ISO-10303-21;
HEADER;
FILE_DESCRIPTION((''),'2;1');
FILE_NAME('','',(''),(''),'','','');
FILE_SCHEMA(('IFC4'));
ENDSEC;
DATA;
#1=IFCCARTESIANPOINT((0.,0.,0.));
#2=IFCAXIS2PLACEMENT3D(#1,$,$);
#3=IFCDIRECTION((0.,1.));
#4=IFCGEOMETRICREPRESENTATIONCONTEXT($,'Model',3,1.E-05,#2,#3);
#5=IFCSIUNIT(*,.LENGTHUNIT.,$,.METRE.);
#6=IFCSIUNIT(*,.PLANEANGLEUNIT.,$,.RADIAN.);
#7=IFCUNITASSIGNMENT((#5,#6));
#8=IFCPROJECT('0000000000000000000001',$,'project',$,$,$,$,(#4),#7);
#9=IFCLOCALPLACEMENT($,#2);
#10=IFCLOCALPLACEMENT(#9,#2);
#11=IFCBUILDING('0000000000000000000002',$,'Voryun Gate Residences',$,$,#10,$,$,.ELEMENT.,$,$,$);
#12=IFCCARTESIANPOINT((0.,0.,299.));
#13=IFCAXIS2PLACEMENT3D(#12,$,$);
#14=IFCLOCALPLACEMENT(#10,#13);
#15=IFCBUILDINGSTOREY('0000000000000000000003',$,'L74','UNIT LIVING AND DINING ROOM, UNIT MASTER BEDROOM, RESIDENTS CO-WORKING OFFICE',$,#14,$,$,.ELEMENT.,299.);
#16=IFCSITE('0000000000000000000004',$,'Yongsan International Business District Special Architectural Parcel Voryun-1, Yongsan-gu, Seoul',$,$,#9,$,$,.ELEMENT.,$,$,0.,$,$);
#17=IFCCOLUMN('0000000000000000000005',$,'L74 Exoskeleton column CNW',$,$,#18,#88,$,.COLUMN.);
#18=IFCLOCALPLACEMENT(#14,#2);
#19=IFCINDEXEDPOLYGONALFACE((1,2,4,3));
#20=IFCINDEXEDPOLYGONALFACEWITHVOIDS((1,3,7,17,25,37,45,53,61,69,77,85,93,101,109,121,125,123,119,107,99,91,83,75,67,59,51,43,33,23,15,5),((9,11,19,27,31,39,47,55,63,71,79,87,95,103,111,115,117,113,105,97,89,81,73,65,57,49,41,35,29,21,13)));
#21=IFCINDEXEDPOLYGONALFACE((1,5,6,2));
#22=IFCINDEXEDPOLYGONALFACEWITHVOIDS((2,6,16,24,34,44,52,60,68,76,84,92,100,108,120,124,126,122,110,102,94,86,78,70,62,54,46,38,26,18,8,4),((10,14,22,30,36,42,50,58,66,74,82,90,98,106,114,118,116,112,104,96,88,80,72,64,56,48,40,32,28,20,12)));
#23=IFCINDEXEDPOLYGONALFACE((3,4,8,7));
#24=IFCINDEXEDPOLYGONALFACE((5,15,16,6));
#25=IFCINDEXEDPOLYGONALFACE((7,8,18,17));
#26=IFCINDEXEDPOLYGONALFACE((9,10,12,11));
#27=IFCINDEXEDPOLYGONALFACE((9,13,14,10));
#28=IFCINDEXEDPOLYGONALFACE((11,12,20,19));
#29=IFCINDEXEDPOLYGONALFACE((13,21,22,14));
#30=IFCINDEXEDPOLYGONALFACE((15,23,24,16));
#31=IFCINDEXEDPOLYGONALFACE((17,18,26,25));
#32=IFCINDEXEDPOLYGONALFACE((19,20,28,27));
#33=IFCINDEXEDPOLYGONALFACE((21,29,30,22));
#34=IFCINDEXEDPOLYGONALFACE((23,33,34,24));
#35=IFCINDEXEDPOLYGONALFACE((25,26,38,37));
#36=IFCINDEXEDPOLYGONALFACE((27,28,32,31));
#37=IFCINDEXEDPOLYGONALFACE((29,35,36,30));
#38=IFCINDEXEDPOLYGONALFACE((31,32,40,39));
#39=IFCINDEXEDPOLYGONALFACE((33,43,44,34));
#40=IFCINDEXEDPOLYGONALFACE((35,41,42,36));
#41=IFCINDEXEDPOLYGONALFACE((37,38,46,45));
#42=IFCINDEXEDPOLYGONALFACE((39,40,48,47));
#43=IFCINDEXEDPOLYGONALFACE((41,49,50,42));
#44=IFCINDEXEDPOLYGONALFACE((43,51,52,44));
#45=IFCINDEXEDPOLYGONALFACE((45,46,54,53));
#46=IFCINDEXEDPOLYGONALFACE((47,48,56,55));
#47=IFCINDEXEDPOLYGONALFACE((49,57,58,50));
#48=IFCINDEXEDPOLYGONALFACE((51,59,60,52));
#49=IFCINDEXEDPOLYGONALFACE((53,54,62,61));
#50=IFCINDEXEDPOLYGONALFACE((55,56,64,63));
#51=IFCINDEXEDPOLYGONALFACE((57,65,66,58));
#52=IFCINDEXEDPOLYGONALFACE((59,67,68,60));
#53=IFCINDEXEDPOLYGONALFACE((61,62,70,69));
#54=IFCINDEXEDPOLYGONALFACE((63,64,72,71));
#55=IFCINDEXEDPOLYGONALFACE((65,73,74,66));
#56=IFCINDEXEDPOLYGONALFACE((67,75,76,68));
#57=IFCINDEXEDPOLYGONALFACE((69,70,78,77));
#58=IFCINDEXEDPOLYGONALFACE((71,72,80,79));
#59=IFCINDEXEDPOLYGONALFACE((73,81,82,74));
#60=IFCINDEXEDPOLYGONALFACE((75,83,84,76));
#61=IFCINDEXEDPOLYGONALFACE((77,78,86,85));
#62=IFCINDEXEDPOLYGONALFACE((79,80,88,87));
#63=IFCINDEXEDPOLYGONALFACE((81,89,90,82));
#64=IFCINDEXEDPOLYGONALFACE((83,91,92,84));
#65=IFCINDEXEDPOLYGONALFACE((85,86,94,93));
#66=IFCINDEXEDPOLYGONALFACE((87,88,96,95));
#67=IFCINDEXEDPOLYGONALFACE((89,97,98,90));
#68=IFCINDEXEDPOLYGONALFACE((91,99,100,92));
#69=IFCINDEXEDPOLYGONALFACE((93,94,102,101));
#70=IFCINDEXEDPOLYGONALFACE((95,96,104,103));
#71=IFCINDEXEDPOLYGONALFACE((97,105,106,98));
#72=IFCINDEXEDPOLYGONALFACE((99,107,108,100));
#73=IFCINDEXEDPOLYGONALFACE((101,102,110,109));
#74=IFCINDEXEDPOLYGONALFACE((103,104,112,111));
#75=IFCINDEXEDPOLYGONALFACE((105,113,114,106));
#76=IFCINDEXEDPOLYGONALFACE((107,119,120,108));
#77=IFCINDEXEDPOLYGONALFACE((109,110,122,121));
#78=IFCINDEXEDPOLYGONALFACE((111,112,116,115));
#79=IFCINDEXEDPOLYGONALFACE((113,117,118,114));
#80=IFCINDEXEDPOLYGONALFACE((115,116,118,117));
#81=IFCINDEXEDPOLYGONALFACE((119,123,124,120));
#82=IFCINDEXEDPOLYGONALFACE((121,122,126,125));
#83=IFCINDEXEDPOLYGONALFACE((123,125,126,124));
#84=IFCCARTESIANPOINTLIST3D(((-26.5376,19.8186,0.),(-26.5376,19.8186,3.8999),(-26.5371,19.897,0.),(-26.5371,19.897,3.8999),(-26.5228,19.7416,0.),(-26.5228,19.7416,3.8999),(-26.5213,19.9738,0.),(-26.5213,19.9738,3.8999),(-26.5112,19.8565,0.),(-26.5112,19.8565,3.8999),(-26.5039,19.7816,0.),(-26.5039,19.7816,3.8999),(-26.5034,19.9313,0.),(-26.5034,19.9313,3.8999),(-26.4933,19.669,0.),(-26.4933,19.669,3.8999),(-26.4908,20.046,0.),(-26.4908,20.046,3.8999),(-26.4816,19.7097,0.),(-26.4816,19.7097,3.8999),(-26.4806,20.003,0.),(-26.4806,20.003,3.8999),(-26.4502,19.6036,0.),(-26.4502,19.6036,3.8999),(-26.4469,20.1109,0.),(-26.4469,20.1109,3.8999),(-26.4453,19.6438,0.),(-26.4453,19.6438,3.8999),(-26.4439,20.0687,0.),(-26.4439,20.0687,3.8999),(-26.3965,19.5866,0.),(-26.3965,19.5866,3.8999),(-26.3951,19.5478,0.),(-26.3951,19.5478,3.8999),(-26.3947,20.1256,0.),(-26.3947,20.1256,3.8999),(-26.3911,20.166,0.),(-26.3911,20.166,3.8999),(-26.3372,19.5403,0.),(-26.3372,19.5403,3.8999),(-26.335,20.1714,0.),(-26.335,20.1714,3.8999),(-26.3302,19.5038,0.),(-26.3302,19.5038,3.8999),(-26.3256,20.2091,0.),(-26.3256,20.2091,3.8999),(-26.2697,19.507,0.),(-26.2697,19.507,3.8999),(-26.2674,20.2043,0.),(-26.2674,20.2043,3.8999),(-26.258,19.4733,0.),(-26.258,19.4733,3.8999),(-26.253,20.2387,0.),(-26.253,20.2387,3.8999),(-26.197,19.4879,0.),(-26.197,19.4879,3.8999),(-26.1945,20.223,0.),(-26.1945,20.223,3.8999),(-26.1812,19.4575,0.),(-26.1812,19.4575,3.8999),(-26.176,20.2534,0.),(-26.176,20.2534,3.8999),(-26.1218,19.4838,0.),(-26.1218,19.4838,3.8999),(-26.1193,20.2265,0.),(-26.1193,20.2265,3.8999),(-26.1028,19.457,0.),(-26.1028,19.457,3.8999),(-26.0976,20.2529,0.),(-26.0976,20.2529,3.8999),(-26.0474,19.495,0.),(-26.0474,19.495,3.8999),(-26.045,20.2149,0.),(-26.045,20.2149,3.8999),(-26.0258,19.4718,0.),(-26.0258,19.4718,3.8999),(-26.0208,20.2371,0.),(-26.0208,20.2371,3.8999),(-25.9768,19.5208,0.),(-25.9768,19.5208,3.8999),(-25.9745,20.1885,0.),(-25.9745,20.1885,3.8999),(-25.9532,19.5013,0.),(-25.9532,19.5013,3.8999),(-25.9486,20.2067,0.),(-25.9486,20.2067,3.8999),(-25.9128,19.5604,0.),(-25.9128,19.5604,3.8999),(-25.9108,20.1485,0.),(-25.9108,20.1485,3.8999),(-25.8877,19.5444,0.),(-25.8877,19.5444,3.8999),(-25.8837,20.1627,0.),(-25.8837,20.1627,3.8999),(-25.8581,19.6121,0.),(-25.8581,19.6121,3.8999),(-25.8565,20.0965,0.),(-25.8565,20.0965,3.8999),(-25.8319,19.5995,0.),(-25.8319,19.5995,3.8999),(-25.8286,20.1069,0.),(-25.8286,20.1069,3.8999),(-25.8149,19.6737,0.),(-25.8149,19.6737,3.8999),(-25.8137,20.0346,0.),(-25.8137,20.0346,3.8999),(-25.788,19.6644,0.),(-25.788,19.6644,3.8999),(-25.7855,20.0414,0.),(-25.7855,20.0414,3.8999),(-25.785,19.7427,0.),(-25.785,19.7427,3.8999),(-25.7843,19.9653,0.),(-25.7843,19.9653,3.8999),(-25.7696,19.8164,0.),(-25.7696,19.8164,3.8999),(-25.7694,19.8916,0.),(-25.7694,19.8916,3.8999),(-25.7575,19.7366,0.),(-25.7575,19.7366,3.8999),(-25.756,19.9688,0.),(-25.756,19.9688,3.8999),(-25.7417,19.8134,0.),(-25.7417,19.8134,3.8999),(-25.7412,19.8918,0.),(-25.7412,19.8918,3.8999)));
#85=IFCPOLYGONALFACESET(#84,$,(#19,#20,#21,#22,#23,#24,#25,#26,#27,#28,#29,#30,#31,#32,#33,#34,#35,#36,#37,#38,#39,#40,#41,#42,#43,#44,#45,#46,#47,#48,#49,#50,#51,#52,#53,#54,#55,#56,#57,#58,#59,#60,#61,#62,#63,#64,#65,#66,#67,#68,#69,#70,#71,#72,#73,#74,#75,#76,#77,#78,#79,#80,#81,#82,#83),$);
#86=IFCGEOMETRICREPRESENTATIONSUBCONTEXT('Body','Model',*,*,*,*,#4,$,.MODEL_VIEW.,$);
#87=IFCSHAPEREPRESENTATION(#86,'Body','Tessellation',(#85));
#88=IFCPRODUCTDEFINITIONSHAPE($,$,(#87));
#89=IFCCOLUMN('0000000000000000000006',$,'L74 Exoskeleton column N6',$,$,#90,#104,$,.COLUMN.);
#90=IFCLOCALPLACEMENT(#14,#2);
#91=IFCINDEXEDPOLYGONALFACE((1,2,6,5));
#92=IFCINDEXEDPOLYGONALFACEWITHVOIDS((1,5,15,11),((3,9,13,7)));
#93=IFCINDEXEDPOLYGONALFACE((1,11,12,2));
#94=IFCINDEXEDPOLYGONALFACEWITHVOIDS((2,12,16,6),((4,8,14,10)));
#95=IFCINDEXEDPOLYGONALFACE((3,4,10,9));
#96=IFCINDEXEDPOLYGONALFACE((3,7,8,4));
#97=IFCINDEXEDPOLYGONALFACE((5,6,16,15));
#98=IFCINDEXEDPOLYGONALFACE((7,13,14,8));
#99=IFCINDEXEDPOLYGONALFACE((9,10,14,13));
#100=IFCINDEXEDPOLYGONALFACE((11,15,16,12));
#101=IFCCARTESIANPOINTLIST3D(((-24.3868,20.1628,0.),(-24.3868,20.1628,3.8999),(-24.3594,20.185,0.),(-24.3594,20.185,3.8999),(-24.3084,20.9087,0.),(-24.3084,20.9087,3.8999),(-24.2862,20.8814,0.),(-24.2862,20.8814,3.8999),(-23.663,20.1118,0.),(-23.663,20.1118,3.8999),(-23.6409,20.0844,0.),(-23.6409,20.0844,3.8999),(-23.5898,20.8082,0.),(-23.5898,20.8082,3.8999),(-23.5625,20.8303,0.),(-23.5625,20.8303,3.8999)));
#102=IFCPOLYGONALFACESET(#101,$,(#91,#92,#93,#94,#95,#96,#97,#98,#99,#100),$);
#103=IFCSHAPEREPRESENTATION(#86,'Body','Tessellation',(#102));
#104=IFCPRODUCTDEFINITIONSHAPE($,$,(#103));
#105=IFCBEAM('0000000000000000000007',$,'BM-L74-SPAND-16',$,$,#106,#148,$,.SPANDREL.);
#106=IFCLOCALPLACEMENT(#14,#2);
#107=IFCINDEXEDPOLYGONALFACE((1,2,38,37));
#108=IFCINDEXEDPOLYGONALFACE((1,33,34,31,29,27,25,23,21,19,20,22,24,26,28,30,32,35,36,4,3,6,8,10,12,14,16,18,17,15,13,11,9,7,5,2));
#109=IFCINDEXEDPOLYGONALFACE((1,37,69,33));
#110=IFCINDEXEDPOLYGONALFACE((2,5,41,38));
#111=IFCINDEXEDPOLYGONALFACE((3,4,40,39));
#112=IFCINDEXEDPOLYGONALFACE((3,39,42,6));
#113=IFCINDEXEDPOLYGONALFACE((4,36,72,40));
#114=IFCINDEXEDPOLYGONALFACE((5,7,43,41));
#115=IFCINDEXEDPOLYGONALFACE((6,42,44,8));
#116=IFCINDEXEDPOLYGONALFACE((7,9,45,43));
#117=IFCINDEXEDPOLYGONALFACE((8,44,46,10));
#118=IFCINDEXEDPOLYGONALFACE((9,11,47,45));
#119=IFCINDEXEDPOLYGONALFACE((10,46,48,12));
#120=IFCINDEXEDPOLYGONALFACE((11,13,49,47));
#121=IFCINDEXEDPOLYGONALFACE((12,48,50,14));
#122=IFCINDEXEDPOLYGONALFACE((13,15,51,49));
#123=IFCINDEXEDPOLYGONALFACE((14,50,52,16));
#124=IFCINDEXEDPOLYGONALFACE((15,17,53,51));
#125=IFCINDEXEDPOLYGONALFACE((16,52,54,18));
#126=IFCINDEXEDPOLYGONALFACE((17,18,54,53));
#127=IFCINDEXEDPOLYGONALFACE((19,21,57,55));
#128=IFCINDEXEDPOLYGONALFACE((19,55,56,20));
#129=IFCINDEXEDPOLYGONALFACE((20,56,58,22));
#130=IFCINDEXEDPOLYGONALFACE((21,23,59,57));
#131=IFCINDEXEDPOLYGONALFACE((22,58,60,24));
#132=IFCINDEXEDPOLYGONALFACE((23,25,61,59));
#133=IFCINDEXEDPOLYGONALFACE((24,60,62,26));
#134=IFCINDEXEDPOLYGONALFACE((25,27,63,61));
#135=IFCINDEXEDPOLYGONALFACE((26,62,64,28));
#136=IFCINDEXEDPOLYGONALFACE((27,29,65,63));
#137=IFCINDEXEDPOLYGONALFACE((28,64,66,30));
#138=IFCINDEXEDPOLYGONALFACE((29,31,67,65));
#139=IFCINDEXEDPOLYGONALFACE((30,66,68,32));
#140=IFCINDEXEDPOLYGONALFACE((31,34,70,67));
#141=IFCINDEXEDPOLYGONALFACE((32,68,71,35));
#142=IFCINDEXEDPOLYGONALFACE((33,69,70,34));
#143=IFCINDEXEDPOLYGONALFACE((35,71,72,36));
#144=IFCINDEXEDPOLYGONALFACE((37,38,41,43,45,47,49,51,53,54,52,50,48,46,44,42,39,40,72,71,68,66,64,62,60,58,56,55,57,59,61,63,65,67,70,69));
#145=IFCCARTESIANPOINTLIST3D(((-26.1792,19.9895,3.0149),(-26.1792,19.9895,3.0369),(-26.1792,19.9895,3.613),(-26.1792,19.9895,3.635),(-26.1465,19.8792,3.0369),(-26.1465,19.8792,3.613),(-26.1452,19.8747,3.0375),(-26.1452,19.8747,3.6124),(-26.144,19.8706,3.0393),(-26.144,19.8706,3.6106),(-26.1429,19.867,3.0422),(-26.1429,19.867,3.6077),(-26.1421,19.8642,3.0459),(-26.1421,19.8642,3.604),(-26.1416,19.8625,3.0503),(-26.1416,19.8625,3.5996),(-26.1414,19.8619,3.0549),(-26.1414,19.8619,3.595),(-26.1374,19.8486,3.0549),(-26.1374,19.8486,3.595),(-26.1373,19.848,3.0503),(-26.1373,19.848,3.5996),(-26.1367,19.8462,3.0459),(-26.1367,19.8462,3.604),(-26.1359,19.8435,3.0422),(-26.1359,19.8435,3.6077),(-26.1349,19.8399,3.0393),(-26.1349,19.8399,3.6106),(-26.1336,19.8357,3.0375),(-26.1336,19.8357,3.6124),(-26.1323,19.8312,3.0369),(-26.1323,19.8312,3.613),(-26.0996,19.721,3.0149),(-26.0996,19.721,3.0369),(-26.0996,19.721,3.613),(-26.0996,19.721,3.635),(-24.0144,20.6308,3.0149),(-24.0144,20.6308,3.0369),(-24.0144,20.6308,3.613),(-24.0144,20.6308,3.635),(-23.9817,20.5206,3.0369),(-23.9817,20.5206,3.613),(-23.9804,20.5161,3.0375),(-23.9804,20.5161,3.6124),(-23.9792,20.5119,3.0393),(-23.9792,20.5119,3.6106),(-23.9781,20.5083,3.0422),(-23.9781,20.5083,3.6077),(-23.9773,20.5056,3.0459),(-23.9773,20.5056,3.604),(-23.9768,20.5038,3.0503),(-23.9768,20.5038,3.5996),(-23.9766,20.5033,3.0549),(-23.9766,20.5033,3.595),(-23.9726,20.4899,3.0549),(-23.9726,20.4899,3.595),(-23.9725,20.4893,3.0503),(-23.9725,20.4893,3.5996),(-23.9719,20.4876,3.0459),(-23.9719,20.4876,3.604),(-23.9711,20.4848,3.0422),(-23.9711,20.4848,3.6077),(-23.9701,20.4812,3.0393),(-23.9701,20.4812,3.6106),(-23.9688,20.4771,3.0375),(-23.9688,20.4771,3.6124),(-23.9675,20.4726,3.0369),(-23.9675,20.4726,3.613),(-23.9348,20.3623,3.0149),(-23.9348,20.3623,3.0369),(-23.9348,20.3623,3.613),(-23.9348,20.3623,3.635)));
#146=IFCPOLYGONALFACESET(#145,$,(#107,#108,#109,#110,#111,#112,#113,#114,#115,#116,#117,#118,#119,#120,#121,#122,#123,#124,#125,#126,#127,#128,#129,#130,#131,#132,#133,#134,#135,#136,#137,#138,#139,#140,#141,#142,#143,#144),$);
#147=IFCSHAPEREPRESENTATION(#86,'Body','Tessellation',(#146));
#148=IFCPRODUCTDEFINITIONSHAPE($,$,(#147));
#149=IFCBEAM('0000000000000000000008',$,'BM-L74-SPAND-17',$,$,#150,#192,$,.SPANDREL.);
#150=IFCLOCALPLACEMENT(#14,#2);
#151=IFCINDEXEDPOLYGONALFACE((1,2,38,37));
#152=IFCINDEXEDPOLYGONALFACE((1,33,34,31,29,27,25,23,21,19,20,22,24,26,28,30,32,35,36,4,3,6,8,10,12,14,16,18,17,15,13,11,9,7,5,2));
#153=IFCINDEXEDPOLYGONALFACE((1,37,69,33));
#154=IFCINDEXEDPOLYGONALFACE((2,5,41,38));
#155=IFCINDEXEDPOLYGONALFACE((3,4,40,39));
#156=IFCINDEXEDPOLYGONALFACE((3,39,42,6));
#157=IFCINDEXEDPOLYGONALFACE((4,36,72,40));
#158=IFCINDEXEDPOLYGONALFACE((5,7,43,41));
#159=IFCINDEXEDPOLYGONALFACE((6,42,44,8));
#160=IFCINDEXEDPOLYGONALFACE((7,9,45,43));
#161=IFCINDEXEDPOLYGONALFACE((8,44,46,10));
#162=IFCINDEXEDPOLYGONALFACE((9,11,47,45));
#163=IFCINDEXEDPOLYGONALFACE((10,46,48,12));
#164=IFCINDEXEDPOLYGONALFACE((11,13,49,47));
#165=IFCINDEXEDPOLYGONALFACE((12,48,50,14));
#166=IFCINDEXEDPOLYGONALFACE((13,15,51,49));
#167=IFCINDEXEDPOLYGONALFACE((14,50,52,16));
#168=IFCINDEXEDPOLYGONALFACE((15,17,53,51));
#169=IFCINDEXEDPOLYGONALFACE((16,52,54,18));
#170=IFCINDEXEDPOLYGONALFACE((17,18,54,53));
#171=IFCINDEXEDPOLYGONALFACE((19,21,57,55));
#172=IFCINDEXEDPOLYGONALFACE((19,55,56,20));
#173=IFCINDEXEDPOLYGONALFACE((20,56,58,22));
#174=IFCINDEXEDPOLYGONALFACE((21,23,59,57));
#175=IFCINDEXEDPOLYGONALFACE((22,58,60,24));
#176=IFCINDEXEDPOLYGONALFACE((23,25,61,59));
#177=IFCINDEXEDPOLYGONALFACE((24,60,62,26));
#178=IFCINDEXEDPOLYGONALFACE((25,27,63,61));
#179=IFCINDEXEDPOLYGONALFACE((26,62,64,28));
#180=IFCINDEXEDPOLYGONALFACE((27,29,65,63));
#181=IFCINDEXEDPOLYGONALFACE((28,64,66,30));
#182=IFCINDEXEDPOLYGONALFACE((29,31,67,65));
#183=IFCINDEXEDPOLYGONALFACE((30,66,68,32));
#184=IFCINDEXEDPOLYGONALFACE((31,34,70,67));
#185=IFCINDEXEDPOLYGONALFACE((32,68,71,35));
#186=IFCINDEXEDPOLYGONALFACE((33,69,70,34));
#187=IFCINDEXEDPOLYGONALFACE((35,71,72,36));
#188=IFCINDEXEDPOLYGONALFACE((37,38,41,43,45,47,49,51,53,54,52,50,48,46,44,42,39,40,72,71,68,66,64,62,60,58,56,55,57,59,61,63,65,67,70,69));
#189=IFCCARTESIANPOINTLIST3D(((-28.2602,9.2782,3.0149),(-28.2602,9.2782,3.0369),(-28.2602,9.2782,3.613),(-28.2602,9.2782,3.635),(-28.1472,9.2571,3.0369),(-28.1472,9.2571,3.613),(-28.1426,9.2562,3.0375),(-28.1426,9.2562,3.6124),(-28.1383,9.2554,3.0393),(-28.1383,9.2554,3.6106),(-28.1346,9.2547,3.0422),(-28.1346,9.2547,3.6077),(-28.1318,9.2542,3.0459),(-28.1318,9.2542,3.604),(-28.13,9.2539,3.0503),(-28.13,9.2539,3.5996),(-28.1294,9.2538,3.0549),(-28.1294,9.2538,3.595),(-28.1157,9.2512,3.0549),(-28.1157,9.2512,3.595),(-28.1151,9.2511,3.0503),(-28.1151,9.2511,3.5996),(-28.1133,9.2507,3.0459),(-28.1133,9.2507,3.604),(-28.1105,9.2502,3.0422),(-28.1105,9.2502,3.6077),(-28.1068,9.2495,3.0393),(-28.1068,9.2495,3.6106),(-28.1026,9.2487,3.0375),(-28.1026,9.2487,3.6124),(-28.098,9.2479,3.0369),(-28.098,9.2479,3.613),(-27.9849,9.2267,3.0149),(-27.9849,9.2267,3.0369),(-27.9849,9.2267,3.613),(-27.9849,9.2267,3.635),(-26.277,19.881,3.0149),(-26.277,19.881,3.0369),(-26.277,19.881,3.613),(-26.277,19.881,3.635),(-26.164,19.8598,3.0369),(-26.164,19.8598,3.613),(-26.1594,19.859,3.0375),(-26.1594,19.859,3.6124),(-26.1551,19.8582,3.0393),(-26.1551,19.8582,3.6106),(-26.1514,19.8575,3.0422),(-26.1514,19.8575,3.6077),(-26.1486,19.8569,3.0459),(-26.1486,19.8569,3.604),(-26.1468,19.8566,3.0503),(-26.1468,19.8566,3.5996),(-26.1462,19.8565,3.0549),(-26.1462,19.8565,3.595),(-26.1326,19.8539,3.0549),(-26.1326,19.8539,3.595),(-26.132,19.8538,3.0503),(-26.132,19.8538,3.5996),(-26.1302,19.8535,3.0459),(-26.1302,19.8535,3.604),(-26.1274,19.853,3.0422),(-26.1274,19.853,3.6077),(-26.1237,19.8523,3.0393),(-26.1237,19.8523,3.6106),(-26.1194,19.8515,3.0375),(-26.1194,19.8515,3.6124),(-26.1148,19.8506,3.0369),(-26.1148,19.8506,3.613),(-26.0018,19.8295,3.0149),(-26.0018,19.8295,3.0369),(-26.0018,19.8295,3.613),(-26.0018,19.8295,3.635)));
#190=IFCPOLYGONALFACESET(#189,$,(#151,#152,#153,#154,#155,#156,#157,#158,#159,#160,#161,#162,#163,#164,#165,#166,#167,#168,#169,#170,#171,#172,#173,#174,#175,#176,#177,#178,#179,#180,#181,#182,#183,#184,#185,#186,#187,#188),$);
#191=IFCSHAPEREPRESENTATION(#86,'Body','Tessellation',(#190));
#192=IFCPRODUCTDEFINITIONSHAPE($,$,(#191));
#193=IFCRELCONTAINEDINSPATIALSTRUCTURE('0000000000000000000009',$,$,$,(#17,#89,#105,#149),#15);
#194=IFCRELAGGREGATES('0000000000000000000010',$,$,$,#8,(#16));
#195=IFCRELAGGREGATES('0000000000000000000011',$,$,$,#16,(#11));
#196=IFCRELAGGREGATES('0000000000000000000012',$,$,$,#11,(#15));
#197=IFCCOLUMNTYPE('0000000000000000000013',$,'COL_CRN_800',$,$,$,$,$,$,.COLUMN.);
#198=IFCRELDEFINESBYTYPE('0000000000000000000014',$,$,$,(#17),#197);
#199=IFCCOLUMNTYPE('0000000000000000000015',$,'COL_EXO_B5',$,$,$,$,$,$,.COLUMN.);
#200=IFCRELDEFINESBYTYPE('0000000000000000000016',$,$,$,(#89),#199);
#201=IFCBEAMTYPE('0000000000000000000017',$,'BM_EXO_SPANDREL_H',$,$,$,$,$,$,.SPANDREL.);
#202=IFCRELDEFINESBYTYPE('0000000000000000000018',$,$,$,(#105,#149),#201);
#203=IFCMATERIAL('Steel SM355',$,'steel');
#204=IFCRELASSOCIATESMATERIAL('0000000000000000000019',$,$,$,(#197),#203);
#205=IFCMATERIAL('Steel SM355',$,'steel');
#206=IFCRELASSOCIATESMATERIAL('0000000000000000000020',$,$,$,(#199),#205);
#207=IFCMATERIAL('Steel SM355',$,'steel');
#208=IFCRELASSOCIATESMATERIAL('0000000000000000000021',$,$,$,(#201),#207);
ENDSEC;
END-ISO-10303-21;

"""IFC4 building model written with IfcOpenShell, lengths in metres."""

from ifc_helpers import new_model, si_unit, direction, frame, origin, origin_2d, place, context, subcontext, project, spatial, hollow_rectangle, hollow_circle, i_section, extrude, material, material_profile, profile_set, type_object, element, save


model = new_model("IFC4")

# Units and contexts
model_context = context("Model", 3, precision=1e-05, world=origin(), true_north=direction((0.0, 1.0)))
body_context = subcontext(model_context, "Body", "Model", "MODEL_VIEW")
ifc_project = project(units=[si_unit("LENGTHUNIT", "METRE"), si_unit("PLANEANGLEUNIT", "RADIAN")], contexts=[model_context])

# Site, building, storey
site_placement = place(None, origin())
site = spatial("IfcSite", under=ifc_project, at=site_placement, Name="Yongsan International Business District Special Architectural Parcel Voryun-1, Yongsan-gu, Seoul", CompositionType="ELEMENT", RefElevation=0.0)
building_placement = place(site_placement, origin())
building = spatial("IfcBuilding", under=site, at=building_placement, Name="Voryun Gate Residences", CompositionType="ELEMENT")
storey_placement = place(building_placement, frame((0.0, 0.0, 299.0)))
storey = spatial("IfcBuildingStorey", under=building, at=storey_placement, Name="L74", Description="UNIT LIVING AND DINING ROOM, UNIT MASTER BEDROOM, RESIDENTS CO-WORKING OFFICE", CompositionType="ELEMENT", Elevation=299.0)

# Columns
ifc_material_1 = material(Name="Steel SM355", Category="steel")
ifc_material_profile_1 = material_profile(ifc_material_1, hollow_circle(Radius=0.3999, WallThickness=0.0281, at=origin_2d()), Name="CHS-800x28")
ifc_profile_set_1 = profile_set([ifc_material_profile_1], Name="Steel SM355")
column_type_1 = type_object("IfcColumnType", Name="COL_CRN_800", PredefinedType="COLUMN", material=ifc_profile_set_1)
column_1_placement = place(storey_placement, frame((-26.1394, 19.8552, 0.0), z_axis=(0.0, 0.0, 1.0), x_axis=(0.994522, -0.104528, 0.0)))
element("IfcColumn", 1, at=column_1_placement, inside=storey, type_object=column_type_1, Name="L74 Exoskeleton column CNW", PredefinedType="COLUMN", context=body_context, shape_type="SweptSolid", body=[
    extrude(hollow_circle(Radius=0.3999, WallThickness=0.0281, at=origin_2d()), origin(), (0.0, 0.0, 1.0), 3.8999),
])
ifc_material_2 = material(Name="Steel SM355", Category="steel")
ifc_material_profile_2 = material_profile(ifc_material_2, hollow_rectangle(XDim=0.75, YDim=0.75, WallThickness=0.0249, at=origin_2d()), Name="BOX-750x750x25")
ifc_profile_set_2 = profile_set([ifc_material_profile_2], Name="Steel SM355")
column_type_2 = type_object("IfcColumnType", Name="COL_EXO_B5", PredefinedType="COLUMN", material=ifc_profile_set_2)
column_2_placement = place(storey_placement, frame((-23.9746, 20.4966, 0.0), z_axis=(0.0, 0.0, 1.0), x_axis=(0.994522, -0.104528, 0.0)))
element("IfcColumn", 2, at=column_2_placement, inside=storey, type_object=column_type_2, Name="L74 Exoskeleton column N6", PredefinedType="COLUMN", context=body_context, shape_type="SweptSolid", body=[
    extrude(hollow_rectangle(XDim=0.75, YDim=0.75, WallThickness=0.0249, at=origin_2d()), origin(), (0.0, 0.0, 1.0), 3.8999),
])

# Beams
ifc_material_3 = material(Name="Steel SM355", Category="steel")
ifc_material_profile_3 = material_profile(ifc_material_3, i_section(OverallWidth=0.28, OverallDepth=0.6201, WebThickness=0.0139, FlangeThickness=0.022, FilletRadius=0.0181, at=origin_2d()), Name="H-620x280x14x22")
ifc_profile_set_3 = profile_set([ifc_material_profile_3], Name="Steel SM355")
beam_type = type_object("IfcBeamType", Name="BM_EXO_SPANDREL_H", PredefinedType="SPANDREL", material=ifc_profile_set_3)
beam_1_placement = place(storey_placement, frame((-23.9746, 20.4966, 3.325), z_axis=(-0.958806, -0.284063, 0.0), x_axis=(0.284063, -0.958806, 0.0)))
element("IfcBeam", 3, at=beam_1_placement, inside=storey, type_object=beam_type, Name="BM-L74-SPAND-16", PredefinedType="SPANDREL", context=body_context, shape_type="SweptSolid", body=[
    extrude(i_section(OverallWidth=0.28, OverallDepth=0.6201, WebThickness=0.0139, FlangeThickness=0.022, FilletRadius=0.0181, at=origin_2d()), origin(), (0.0, 0.0, 1.0), 2.2578),
])
beam_2_placement = place(storey_placement, frame((-26.1394, 19.8552, 3.325), z_axis=(-0.183853, -0.982954, 0.0), x_axis=(0.982954, -0.183853, 0.0)))
element("IfcBeam", 4, at=beam_2_placement, inside=storey, type_object=beam_type, Name="BM-L74-SPAND-17", PredefinedType="SPANDREL", context=body_context, shape_type="SweptSolid", body=[
    extrude(i_section(OverallWidth=0.28, OverallDepth=0.6201, WebThickness=0.0139, FlangeThickness=0.022, FilletRadius=0.0181, at=origin_2d()), origin(), (0.0, 0.0, 1.0), 10.7866),
])

save(model, "model.ifc")
